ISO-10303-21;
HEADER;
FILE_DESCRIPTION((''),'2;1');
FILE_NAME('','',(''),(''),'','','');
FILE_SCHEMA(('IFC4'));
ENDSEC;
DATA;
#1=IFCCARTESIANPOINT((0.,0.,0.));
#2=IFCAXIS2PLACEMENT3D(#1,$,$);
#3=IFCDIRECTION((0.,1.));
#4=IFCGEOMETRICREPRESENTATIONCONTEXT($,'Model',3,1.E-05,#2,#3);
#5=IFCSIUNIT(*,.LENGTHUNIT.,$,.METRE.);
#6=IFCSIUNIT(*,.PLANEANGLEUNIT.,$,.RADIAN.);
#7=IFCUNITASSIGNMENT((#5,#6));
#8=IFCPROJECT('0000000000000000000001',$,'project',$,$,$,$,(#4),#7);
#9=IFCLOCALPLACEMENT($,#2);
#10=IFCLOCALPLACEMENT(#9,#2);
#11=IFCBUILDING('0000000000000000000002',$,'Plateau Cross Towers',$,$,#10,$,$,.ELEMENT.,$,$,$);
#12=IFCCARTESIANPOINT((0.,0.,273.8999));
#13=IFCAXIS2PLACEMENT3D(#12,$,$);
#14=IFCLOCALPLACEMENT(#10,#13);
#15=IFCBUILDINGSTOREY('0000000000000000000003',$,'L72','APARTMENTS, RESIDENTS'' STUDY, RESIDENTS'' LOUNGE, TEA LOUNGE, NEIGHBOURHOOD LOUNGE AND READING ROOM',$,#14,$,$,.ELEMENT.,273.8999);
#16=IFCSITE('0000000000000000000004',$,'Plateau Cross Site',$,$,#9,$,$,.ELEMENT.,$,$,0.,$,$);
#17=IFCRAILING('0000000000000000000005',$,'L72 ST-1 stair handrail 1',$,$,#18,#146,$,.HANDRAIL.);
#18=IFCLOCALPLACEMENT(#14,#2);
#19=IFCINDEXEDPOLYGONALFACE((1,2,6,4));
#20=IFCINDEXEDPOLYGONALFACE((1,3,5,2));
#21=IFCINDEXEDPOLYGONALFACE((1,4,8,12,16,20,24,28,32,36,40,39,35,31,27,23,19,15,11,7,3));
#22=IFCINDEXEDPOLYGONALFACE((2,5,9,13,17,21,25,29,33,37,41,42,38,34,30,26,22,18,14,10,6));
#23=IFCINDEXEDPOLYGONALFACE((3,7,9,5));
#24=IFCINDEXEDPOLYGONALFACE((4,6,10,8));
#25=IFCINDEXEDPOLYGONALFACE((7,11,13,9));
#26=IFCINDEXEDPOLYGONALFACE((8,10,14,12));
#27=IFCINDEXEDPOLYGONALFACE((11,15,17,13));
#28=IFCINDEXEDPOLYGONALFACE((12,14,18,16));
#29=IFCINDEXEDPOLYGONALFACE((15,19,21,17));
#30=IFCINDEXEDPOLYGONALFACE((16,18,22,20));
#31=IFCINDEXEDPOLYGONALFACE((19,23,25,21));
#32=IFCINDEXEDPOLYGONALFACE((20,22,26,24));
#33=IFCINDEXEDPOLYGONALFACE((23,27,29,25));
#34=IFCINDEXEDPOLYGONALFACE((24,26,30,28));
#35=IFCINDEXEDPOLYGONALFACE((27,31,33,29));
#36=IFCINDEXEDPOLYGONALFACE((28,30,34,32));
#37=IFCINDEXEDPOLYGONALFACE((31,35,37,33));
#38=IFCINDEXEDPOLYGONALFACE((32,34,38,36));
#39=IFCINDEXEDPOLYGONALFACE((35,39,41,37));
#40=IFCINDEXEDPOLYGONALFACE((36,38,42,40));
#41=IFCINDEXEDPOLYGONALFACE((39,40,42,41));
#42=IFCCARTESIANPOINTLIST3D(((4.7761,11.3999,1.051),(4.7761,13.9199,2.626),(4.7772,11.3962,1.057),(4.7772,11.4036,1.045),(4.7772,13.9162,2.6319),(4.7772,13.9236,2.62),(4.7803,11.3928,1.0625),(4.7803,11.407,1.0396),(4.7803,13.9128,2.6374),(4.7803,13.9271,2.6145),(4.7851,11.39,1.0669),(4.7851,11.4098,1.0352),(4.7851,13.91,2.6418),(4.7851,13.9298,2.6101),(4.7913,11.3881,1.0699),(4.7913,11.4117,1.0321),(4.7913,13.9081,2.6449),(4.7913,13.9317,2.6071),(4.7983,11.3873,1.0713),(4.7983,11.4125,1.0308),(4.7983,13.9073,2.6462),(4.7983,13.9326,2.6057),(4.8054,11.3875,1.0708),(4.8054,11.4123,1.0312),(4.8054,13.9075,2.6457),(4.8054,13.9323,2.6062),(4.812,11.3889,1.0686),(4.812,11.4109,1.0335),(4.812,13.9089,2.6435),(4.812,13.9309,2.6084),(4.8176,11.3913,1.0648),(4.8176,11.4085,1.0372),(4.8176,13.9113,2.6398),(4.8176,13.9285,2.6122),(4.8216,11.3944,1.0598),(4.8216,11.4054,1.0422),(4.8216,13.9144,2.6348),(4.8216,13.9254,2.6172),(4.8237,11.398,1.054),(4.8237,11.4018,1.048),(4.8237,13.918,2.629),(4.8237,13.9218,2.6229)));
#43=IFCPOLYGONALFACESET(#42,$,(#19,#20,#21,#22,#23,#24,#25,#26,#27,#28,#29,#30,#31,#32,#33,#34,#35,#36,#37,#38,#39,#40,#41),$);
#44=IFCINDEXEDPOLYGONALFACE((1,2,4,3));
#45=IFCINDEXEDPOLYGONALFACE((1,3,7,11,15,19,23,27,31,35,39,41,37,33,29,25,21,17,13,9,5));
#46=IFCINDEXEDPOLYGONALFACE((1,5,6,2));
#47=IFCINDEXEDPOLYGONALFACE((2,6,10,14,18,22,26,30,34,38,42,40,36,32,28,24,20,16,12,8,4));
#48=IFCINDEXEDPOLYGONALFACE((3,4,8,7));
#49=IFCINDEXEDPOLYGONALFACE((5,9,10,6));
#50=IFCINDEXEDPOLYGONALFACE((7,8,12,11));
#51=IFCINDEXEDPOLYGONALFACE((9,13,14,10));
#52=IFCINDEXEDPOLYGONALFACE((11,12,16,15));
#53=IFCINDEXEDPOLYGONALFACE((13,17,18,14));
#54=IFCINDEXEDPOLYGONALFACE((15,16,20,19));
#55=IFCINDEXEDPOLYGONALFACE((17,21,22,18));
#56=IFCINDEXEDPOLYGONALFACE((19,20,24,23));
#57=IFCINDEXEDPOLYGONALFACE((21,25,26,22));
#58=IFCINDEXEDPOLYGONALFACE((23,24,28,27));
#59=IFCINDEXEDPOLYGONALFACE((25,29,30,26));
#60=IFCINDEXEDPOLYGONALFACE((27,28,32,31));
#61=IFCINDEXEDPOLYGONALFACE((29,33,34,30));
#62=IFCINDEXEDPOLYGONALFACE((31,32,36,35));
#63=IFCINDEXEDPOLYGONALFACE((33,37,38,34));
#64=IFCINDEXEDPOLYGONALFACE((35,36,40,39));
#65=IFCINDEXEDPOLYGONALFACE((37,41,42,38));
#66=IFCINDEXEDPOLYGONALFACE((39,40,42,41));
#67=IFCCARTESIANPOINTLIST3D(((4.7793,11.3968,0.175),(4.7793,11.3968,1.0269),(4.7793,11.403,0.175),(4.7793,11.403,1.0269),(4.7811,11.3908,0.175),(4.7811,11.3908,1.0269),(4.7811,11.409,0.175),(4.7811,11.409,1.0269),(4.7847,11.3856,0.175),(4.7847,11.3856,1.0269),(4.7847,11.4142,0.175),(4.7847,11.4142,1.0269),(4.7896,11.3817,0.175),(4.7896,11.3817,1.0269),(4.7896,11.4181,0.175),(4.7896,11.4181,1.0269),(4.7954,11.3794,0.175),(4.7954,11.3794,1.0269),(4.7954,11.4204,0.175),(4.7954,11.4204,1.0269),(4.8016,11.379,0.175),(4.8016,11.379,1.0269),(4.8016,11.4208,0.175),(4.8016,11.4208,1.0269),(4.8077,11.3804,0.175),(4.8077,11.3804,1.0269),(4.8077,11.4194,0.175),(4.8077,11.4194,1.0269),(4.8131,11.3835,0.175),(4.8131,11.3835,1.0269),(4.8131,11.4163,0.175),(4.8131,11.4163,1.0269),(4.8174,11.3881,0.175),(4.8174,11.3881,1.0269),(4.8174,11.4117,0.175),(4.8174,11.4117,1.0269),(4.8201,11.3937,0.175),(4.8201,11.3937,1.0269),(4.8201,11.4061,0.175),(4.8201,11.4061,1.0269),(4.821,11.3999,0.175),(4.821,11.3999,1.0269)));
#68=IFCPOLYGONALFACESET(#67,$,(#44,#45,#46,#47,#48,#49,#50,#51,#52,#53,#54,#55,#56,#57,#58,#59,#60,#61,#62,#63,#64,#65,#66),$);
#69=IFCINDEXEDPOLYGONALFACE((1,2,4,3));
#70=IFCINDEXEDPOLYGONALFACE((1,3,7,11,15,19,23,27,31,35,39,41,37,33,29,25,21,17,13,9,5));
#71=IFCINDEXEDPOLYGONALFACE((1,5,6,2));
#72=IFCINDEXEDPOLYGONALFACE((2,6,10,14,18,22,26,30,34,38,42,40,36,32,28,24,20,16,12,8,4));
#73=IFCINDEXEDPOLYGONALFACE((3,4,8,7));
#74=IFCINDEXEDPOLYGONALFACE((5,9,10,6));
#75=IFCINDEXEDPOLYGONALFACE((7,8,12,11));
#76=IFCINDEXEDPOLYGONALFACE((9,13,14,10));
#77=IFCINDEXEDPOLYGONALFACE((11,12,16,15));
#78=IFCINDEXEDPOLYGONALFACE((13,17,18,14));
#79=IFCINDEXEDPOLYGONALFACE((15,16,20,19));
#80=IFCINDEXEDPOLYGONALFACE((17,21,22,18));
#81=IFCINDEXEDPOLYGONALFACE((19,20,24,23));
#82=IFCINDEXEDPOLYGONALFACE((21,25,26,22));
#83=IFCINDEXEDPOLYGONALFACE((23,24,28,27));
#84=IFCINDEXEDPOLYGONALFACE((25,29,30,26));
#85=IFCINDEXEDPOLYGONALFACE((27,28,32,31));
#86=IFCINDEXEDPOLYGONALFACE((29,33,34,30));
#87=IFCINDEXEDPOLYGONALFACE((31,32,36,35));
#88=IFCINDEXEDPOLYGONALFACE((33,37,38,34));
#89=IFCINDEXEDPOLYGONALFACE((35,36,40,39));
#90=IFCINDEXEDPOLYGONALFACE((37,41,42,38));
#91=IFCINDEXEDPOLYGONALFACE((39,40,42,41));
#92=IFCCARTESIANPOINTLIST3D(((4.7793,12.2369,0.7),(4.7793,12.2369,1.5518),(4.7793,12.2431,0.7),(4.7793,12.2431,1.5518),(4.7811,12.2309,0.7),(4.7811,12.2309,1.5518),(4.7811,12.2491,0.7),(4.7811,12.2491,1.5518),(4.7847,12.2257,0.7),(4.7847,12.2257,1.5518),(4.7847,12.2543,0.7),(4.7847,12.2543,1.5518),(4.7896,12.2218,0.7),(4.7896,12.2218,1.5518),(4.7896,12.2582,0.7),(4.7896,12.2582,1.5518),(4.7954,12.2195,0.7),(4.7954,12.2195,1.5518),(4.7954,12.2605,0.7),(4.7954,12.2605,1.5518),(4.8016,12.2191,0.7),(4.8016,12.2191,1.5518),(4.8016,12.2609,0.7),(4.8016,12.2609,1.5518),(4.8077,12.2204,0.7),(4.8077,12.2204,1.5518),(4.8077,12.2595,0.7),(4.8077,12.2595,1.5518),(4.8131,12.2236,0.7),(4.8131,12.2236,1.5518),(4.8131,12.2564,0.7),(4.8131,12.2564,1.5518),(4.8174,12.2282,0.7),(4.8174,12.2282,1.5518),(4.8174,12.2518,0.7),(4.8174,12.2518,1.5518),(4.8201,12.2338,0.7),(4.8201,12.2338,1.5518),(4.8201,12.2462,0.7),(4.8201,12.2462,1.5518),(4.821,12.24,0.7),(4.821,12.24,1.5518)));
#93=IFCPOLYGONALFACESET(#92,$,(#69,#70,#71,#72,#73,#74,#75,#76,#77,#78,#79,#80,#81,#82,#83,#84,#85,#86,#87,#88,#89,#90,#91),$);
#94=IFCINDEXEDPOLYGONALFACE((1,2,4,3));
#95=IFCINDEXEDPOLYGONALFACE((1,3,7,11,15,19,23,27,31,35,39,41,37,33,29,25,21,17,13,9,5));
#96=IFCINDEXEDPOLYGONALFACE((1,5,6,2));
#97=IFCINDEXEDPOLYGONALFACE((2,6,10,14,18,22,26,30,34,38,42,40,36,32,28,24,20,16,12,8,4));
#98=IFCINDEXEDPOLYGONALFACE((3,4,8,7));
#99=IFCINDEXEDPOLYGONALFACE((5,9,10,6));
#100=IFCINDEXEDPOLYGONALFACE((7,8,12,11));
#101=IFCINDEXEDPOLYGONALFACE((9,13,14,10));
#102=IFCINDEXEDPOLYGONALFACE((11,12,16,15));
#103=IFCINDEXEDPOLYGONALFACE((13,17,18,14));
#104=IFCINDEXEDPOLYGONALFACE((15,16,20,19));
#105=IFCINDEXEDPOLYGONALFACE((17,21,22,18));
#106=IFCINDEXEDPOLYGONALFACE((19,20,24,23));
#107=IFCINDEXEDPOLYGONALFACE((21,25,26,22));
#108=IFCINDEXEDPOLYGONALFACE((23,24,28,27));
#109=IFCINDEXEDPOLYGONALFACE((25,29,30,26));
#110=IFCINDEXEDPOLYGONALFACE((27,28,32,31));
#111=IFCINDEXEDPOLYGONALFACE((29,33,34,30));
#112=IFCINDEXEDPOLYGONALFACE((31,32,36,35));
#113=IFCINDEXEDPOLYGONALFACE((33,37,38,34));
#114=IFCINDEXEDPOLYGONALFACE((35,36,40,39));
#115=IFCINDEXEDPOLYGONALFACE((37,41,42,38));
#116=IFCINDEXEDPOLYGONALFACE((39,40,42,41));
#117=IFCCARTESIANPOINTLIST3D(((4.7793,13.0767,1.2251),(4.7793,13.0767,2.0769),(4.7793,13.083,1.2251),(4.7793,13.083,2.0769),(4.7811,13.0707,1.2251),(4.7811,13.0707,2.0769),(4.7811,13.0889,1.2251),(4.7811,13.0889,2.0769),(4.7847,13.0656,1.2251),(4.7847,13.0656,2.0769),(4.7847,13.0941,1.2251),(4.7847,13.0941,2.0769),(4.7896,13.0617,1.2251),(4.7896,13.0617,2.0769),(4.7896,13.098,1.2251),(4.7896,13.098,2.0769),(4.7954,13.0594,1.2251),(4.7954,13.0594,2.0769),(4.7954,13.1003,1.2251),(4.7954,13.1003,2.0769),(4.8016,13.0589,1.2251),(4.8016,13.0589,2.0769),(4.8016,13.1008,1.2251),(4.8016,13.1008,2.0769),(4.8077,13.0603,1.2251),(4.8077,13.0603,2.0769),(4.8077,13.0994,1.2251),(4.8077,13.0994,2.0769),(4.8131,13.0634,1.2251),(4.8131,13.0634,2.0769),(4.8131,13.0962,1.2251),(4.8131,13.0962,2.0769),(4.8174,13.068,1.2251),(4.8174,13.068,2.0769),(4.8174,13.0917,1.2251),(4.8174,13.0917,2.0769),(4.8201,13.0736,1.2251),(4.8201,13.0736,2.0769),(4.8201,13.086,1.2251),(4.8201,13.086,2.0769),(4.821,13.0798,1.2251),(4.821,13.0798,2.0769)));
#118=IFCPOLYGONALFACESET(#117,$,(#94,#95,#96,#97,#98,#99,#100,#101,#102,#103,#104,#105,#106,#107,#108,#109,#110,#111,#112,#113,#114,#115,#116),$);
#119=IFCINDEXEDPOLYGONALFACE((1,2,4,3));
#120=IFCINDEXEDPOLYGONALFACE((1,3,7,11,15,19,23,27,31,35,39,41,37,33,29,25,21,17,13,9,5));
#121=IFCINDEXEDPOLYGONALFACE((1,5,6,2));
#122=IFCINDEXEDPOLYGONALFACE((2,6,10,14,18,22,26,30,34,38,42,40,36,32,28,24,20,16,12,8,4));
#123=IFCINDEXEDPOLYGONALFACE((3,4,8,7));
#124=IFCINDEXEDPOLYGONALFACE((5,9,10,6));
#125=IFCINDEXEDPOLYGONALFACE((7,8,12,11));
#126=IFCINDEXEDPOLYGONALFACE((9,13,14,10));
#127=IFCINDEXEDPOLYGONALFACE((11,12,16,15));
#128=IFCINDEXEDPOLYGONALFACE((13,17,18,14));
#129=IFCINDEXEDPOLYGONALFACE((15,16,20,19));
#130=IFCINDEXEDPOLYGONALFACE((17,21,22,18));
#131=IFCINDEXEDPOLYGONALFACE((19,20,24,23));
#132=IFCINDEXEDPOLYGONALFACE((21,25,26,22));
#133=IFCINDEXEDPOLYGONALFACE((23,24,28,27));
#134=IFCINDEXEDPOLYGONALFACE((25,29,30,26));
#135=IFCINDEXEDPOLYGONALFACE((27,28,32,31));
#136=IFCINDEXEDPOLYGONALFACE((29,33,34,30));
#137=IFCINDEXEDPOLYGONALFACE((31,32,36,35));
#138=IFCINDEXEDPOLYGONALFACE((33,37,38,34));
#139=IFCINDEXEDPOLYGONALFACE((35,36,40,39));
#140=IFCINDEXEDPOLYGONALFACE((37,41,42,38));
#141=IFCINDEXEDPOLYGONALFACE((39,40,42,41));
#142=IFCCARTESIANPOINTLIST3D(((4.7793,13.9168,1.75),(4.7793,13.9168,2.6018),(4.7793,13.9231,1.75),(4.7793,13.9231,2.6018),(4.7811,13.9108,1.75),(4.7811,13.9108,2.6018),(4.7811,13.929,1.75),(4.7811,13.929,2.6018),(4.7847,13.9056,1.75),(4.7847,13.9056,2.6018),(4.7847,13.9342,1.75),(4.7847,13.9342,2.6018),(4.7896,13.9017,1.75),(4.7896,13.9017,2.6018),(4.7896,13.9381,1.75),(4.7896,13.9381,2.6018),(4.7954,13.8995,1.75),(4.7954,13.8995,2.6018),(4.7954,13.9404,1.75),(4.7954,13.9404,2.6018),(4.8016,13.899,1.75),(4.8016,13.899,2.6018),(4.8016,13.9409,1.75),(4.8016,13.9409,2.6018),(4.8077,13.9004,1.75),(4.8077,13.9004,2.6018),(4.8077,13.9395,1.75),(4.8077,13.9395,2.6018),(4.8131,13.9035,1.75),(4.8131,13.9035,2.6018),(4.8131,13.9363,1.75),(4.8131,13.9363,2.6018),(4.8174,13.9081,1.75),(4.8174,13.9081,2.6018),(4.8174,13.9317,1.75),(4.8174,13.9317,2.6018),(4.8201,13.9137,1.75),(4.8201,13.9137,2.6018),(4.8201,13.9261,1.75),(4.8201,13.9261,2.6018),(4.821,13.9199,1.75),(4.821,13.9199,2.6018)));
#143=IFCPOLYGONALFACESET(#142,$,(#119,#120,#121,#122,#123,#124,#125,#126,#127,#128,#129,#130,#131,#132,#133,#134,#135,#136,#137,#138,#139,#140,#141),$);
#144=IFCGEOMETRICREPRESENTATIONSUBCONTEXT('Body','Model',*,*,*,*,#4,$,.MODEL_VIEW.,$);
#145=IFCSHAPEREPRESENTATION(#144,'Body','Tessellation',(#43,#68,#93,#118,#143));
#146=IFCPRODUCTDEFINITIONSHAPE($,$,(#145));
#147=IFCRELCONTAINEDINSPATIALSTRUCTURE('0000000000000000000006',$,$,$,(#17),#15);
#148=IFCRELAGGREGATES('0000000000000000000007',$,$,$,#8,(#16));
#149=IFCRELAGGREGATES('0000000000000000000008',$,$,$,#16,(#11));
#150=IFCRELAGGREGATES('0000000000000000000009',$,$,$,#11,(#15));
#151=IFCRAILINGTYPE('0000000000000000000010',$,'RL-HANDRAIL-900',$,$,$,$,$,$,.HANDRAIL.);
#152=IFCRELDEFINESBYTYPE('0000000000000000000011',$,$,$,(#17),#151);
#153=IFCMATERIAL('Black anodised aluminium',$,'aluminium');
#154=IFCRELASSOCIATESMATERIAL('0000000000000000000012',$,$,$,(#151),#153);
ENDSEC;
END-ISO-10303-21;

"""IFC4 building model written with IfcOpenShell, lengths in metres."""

from ifc_helpers import new_model, si_unit, direction, frame, origin, origin_2d, place, context, subcontext, project, spatial, circle, extrude, material, type_object, element, save


model = new_model("IFC4")

# Units and contexts
model_context = context("Model", 3, precision=1e-05, world=origin(), true_north=direction((0.0, 1.0)))
body_context = subcontext(model_context, "Body", "Model", "MODEL_VIEW")
ifc_project = project(units=[si_unit("LENGTHUNIT", "METRE"), si_unit("PLANEANGLEUNIT", "RADIAN")], contexts=[model_context])

# Site, building, storey
site_placement = place(None, origin())
site = spatial("IfcSite", under=ifc_project, at=site_placement, Name="Plateau Cross Site", CompositionType="ELEMENT", RefElevation=0.0)
building_placement = place(site_placement, origin())
building = spatial("IfcBuilding", under=site, at=building_placement, Name="Plateau Cross Towers", CompositionType="ELEMENT")
storey_placement = place(building_placement, frame((0.0, 0.0, 273.8999)))
storey = spatial("IfcBuildingStorey", under=building, at=storey_placement, Name="L72", Description="APARTMENTS, RESIDENTS' STUDY, RESIDENTS' LOUNGE, TEA LOUNGE, NEIGHBOURHOOD LOUNGE AND READING ROOM", CompositionType="ELEMENT", Elevation=273.8999)

# Shared definitions
ifc_material_1 = material(Name="Black anodised aluminium", Category="aluminium")

# Railing
railing_type_1 = type_object("IfcRailingType", Name="RL-HANDRAIL-900", PredefinedType="HANDRAIL", material=ifc_material_1)
railing_1_placement = place(storey_placement, frame((4.8, 11.3999, 0.175)))
element("IfcRailing", 1, at=railing_1_placement, inside=storey, type_object=railing_type_1, Name="L72 ST-1 stair handrail 1", PredefinedType="HANDRAIL", context=body_context, shape_type="SweptSolid", body=[
    extrude(circle(Radius=0.0239, at=origin_2d()), frame((0.0, 0.0, 0.876), z_axis=(0.0, 0.848008, 0.529984), x_axis=(-1.0, 0.0, 0.0)), (0.0, 0.0, 1.0), 2.9717),
    extrude(circle(Radius=0.021, at=origin_2d()), origin(), (0.0, 0.0, 1.0), 0.8518),
    extrude(circle(Radius=0.021, at=origin_2d()), frame((0.0, 0.8401, 0.5249)), (0.0, 0.0, 1.0), 0.8518),
    extrude(circle(Radius=0.021, at=origin_2d()), frame((0.0, 1.6799, 1.05)), (0.0, 0.0, 1.0), 0.8518),
    extrude(circle(Radius=0.021, at=origin_2d()), frame((0.0, 2.52, 1.575)), (0.0, 0.0, 1.0), 0.8518),
])

save(model, "model.ifc")
